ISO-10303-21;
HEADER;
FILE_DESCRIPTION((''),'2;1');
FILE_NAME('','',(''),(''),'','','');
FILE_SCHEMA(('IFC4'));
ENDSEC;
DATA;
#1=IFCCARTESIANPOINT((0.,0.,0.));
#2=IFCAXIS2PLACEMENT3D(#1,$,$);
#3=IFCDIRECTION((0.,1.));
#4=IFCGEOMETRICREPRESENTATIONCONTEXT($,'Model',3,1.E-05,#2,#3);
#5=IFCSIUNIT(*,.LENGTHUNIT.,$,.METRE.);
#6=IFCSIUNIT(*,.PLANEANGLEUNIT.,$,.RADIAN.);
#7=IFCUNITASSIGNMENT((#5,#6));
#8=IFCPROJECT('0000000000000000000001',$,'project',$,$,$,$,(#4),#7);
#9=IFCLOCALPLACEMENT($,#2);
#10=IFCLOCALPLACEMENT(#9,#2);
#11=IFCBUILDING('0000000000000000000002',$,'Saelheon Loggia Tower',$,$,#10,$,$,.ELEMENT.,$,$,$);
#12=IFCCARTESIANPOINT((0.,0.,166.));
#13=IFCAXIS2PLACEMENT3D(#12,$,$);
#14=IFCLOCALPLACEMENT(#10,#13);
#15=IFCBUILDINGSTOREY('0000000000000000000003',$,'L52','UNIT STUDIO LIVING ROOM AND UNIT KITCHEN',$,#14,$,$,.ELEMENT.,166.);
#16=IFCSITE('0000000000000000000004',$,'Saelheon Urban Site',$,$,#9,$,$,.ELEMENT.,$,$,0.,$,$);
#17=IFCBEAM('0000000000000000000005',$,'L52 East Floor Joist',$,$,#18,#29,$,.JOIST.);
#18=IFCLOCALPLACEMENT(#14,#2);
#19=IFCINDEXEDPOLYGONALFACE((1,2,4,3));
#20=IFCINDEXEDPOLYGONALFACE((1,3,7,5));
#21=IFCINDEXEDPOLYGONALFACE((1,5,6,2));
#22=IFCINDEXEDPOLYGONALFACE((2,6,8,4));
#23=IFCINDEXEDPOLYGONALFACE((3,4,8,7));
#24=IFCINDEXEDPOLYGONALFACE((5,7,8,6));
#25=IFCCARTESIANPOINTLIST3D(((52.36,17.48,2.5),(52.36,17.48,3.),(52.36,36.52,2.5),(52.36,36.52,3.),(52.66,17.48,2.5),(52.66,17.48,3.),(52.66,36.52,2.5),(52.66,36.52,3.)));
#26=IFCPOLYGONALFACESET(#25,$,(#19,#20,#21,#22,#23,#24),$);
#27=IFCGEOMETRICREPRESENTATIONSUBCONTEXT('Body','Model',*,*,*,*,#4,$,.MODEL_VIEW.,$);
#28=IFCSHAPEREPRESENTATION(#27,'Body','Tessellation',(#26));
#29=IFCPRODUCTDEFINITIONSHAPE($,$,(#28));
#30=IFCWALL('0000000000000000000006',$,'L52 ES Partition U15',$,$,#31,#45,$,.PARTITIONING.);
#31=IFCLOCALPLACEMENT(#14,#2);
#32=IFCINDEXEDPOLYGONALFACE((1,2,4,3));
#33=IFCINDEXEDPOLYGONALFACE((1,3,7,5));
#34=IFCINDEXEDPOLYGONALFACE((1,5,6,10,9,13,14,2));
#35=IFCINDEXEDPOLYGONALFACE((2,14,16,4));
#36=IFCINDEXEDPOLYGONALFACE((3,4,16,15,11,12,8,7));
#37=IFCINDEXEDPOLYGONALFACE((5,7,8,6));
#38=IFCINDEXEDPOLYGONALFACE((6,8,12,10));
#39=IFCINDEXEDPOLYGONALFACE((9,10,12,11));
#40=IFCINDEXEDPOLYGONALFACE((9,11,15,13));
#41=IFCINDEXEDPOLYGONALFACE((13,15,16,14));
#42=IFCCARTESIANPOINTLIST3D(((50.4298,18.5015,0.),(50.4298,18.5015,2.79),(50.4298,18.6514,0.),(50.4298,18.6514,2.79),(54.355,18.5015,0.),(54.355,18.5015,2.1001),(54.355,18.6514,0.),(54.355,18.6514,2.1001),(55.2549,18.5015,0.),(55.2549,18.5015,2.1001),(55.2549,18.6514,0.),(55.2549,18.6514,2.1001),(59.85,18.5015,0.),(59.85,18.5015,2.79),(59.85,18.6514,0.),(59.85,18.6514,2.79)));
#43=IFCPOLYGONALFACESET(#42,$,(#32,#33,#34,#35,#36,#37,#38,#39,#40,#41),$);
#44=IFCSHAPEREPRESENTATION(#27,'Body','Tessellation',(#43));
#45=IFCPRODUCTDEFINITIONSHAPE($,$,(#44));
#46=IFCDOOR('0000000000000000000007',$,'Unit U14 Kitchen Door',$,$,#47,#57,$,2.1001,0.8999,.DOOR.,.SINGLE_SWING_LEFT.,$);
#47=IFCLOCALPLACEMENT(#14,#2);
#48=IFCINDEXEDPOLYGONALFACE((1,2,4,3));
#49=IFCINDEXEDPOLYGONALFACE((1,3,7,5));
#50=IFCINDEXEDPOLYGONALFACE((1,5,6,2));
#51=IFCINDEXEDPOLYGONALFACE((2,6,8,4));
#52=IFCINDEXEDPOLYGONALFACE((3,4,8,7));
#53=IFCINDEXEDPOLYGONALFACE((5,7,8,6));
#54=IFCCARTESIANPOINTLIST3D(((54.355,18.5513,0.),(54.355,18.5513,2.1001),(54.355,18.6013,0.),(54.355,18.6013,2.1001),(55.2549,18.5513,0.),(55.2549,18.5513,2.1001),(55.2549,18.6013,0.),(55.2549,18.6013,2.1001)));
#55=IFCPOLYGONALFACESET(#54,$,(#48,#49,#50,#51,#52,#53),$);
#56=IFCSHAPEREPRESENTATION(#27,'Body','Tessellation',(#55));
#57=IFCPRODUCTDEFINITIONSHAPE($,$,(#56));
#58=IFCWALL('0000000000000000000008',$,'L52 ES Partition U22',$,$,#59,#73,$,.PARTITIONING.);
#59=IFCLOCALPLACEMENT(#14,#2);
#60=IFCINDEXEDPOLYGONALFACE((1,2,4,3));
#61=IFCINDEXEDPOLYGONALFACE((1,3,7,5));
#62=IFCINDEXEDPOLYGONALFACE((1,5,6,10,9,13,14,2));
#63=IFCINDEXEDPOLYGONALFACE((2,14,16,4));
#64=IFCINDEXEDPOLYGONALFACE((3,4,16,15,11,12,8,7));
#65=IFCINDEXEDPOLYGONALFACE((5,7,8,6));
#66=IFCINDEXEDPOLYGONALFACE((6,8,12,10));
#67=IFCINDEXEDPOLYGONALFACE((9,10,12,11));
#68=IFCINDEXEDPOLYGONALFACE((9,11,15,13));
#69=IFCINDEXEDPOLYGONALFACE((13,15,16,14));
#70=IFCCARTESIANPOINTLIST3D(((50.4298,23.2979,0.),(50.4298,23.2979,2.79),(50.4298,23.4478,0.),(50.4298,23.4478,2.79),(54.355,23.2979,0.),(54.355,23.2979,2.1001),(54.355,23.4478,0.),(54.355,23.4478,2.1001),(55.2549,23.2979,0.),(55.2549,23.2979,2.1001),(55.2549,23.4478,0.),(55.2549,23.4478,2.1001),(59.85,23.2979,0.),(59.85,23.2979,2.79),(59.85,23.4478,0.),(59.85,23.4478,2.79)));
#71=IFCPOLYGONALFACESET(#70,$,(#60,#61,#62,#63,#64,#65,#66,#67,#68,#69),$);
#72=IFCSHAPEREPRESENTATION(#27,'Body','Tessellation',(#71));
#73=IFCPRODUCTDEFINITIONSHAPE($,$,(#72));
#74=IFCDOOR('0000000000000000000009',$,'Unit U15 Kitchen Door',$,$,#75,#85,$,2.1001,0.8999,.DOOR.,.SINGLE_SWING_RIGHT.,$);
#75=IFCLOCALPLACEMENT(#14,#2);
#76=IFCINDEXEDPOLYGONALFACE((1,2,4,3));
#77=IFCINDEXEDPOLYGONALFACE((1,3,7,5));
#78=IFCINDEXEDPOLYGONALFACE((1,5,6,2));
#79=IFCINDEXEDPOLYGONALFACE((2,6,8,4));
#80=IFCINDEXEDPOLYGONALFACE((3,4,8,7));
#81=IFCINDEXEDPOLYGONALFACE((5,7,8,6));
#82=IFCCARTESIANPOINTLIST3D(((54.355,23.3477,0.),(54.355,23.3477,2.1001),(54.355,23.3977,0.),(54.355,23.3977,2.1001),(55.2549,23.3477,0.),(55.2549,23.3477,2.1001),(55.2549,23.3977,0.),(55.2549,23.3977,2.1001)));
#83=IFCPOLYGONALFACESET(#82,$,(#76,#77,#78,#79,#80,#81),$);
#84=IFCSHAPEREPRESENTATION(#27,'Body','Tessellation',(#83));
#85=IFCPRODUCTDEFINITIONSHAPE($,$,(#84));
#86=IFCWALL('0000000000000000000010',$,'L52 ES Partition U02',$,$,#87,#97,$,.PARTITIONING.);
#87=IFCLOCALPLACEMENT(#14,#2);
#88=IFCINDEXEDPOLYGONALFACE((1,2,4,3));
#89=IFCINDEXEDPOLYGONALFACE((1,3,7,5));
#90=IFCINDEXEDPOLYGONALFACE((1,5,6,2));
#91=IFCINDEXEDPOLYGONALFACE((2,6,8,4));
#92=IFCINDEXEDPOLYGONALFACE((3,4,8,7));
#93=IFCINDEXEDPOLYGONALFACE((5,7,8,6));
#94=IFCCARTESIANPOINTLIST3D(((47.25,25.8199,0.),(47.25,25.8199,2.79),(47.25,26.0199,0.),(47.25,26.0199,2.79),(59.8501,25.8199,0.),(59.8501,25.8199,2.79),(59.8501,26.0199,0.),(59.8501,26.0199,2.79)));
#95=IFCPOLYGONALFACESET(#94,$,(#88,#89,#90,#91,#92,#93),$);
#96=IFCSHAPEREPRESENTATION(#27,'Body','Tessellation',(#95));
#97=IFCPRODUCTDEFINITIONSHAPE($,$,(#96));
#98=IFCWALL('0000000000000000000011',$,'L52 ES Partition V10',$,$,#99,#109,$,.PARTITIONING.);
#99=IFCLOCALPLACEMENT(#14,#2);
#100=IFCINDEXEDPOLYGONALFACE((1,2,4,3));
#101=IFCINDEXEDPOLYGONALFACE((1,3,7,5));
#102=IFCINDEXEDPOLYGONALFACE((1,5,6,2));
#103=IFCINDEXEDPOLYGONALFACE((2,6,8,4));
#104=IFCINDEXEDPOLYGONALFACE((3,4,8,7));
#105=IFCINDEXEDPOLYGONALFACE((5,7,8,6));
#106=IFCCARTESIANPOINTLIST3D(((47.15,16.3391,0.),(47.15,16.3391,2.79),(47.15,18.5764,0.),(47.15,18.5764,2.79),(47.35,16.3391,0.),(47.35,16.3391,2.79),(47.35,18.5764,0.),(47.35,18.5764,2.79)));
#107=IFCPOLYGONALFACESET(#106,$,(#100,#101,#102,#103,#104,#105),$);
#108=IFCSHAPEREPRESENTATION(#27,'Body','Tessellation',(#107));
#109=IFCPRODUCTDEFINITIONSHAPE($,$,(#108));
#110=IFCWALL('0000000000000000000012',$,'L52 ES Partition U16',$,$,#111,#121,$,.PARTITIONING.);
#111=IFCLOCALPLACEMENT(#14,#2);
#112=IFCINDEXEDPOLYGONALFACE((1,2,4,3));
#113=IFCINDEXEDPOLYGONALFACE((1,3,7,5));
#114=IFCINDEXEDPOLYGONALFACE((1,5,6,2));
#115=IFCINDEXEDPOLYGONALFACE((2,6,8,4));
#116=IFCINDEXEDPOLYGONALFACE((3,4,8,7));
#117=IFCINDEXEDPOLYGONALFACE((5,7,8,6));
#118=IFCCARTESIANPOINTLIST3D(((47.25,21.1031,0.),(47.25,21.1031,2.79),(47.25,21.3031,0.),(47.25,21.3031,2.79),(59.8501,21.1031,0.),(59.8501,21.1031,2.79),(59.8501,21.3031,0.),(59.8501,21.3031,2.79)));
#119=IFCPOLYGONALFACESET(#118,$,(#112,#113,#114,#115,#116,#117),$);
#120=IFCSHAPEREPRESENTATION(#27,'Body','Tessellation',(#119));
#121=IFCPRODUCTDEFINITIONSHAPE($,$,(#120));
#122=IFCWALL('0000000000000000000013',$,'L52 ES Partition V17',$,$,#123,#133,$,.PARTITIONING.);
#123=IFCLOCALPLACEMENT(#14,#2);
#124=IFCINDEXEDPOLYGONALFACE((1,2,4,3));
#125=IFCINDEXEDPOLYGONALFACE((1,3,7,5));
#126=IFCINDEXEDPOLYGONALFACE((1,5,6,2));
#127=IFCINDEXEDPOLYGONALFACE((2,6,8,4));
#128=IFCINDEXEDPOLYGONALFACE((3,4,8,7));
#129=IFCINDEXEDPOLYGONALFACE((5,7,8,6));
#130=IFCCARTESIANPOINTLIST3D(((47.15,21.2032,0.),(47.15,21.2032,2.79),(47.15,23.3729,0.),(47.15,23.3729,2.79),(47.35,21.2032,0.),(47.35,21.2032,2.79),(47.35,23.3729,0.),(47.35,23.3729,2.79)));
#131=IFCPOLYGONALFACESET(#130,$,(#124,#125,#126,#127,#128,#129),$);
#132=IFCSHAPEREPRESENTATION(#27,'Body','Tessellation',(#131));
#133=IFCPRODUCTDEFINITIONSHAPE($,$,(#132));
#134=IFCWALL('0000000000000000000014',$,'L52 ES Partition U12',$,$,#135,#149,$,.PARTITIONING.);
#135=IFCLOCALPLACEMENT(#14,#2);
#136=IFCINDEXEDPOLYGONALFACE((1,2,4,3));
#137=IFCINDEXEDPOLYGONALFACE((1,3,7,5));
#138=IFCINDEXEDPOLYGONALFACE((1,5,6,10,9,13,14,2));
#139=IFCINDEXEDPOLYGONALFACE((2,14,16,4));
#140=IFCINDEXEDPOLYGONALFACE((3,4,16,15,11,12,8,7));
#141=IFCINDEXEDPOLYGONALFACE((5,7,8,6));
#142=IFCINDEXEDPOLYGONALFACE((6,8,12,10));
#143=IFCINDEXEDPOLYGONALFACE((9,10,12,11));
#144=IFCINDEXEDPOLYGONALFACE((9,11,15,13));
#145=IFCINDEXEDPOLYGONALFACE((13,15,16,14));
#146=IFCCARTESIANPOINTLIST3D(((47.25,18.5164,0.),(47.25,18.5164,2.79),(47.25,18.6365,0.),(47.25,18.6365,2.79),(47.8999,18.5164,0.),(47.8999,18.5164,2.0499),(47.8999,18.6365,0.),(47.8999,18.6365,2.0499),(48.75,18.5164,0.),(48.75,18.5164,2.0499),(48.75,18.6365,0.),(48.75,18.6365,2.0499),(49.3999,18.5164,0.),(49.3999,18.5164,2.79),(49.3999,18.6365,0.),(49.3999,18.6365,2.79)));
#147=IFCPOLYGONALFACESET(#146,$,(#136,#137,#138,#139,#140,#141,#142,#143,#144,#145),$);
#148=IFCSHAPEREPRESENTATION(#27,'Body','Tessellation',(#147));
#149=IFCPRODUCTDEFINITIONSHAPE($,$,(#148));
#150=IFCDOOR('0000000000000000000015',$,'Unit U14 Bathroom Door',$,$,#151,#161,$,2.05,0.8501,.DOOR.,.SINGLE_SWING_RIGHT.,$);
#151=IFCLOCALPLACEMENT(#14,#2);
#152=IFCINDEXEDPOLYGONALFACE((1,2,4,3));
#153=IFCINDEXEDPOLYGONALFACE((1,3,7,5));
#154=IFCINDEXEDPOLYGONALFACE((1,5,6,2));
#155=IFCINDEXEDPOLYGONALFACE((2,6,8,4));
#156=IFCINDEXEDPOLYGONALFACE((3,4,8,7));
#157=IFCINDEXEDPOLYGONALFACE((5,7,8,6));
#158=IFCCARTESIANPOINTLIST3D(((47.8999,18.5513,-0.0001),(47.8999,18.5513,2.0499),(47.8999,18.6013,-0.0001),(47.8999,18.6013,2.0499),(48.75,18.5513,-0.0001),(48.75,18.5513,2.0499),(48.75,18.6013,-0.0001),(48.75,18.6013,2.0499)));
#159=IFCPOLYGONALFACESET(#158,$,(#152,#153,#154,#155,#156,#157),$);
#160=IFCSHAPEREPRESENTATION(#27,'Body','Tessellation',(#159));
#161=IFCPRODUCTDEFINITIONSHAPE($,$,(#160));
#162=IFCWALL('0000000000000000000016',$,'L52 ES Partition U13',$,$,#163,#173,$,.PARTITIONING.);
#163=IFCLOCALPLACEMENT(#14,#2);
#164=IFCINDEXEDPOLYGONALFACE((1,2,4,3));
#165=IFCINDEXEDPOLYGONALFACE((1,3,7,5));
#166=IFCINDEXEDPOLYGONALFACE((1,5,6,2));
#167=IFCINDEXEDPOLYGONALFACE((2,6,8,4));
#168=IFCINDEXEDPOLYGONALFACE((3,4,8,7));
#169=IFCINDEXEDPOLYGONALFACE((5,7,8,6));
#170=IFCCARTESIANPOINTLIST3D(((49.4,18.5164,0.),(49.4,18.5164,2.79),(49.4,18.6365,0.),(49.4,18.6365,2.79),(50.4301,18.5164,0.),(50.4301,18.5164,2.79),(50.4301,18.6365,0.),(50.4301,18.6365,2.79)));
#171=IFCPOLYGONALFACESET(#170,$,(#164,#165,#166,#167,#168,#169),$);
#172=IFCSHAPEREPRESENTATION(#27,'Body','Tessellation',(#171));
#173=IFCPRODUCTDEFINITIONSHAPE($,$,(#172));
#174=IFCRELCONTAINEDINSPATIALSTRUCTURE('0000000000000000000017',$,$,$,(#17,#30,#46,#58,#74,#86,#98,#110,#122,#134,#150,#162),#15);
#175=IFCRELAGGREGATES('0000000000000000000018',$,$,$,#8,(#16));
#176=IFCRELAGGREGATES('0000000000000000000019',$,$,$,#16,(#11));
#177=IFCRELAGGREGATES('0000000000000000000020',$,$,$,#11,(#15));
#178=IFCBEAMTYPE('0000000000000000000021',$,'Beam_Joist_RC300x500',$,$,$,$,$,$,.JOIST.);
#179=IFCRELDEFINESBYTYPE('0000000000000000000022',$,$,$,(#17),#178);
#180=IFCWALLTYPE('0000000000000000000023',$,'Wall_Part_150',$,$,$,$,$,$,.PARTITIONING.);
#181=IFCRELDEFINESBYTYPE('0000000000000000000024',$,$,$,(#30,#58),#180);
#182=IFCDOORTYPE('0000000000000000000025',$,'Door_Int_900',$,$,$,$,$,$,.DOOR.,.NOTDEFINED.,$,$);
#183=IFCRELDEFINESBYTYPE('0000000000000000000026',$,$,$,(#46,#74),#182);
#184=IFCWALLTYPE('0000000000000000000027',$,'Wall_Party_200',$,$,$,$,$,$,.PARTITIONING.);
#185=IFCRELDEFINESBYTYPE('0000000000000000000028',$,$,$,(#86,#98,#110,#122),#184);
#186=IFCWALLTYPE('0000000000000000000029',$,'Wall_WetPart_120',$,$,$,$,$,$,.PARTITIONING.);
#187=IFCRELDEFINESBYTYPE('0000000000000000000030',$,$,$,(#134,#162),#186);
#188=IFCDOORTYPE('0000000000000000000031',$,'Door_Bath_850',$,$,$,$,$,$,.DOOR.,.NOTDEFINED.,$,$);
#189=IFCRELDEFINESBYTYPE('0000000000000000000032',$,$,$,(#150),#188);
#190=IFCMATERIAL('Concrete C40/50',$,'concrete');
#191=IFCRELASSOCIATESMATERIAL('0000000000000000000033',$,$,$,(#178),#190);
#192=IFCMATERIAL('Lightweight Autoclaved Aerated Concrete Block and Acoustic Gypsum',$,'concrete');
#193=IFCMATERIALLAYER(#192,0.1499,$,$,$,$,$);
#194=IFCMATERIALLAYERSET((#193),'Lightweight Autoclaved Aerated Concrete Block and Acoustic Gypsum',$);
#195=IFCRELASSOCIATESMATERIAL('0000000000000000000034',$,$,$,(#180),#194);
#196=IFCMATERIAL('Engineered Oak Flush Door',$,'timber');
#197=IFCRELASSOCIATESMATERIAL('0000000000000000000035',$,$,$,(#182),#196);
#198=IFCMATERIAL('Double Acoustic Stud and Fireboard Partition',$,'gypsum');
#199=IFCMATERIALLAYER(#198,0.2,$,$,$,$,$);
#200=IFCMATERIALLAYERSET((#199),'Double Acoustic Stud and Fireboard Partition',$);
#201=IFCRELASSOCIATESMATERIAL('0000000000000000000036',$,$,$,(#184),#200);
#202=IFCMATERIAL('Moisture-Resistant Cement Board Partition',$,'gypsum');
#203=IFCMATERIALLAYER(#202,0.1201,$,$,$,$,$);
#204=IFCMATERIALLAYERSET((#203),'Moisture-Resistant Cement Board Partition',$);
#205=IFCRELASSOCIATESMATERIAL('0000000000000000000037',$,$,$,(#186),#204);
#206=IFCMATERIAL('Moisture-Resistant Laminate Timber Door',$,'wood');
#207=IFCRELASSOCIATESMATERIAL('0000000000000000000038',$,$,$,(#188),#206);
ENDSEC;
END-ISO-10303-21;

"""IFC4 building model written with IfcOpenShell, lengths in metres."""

from ifc_helpers import new_model, si_unit, direction, frame, frame_2d, origin, origin_2d, place, context, subcontext, project, spatial, rectangle, extrude, source, transform, mapped, material, layer, layer_set, material_profile, profile_set, type_object, element, fill, save


model = new_model("IFC4")

# Units and contexts
model_context = context("Model", 3, precision=1e-05, world=origin(), true_north=direction((0.0, 1.0)))
body_context = subcontext(model_context, "Body", "Model", "MODEL_VIEW")
ifc_project = project(units=[si_unit("LENGTHUNIT", "METRE"), si_unit("PLANEANGLEUNIT", "RADIAN")], contexts=[model_context])

# Site, building, storey
site_placement = place(None, origin())
site = spatial("IfcSite", under=ifc_project, at=site_placement, Name="Saelheon Urban Site", CompositionType="ELEMENT", RefElevation=0.0)
building_placement = place(site_placement, origin())
building = spatial("IfcBuilding", under=site, at=building_placement, Name="Saelheon Loggia Tower", CompositionType="ELEMENT")
storey_placement = place(building_placement, frame((0.0, 0.0, 166.0)))
storey = spatial("IfcBuildingStorey", under=building, at=storey_placement, Name="L52", Description="UNIT STUDIO LIVING ROOM AND UNIT KITCHEN", CompositionType="ELEMENT", Elevation=166.0)

# Beam
ifc_material_1 = material(Name="Concrete C40/50", Category="concrete")
ifc_material_profile = material_profile(ifc_material_1, rectangle(XDim=0.3, YDim=0.5, at=origin_2d()), Name="RC-300x500")
ifc_profile_set = profile_set([ifc_material_profile], Name="Concrete C40/50")
beam_type = type_object("IfcBeamType", Name="Beam_Joist_RC300x500", PredefinedType="JOIST", material=ifc_profile_set)
shared_shape_1 = source(origin(), body_context, "Body", "SweptSolid", [
    extrude(rectangle(XDim=0.3, YDim=0.5, at=origin_2d()), origin(), (0.0, 0.0, 1.0), 19.04),
])
beam_placement = place(storey_placement, frame((52.51, 17.48, 2.75), z_axis=(0.0, 1.0, 0.0), x_axis=(-1.0, 0.0, 0.0)))
element("IfcBeam", 1, at=beam_placement, inside=storey, type_object=beam_type, Name="L52 East Floor Joist", PredefinedType="JOIST", context=body_context, shape_type="MappedRepresentation", body=[
    mapped(shared_shape_1, transform((0.0, 0.0, 0.0), scale=1.0)),
])

# Walls, openings, doors
ifc_material_2 = material(Name="Lightweight Autoclaved Aerated Concrete Block and Acoustic Gypsum", Category="concrete")
ifc_layer_1 = layer(ifc_material_2, 0.1499)
ifc_layer_set_1 = layer_set([ifc_layer_1], Name="Lightweight Autoclaved Aerated Concrete Block and Acoustic Gypsum")
wall_type_1 = type_object("IfcWallType", Name="Wall_Part_150", PredefinedType="PARTITIONING", material=ifc_layer_set_1)
wall_1_placement = place(storey_placement, frame((50.4299, 18.5764, 0.0), z_axis=(0.0, 0.0, 1.0), x_axis=(1.0, 0.0, 0.0)))
wall_1 = element("IfcWall", 2, at=wall_1_placement, inside=storey, type_object=wall_type_1, Name="L52 ES Partition U15", PredefinedType="PARTITIONING", context=body_context, shape_type="SweptSolid", body=[
    extrude(rectangle(XDim=9.4202, YDim=0.1499, at=frame_2d((4.71, 0.0))), origin(), (0.0, 0.0, 1.0), 2.79),
])
opening_1_placement = place(wall_1_placement, frame((3.925, 0.0, 0.0)))
opening_1 = element("IfcOpeningElement", 3, at=opening_1_placement, cuts=wall_1, PredefinedType="OPENING", context=body_context, shape_type="SweptSolid", body=[
    extrude(rectangle(XDim=0.8999, YDim=2.1001, at=frame_2d((0.45, 1.05))), frame((0.0, 0.0869, 0.0), z_axis=(0.0, -1.0, 0.0), x_axis=(1.0, 0.0, 0.0)), (0.0, 0.0, 1.0), 0.1738),
])
ifc_material_3 = material(Name="Engineered Oak Flush Door", Category="timber")
door_type_1 = type_object("IfcDoorType", Name="Door_Int_900", OperationType="NOTDEFINED", PredefinedType="DOOR", material=ifc_material_3)
shared_shape_2 = source(origin(), body_context, "Body", "SweptSolid", [
    extrude(rectangle(XDim=0.8999, YDim=2.1001, at=frame_2d((0.45, 1.05))), frame((0.0, 0.0249, 0.0), z_axis=(0.0, -1.0, 0.0), x_axis=(1.0, 0.0, 0.0)), (0.0, 0.0, 1.0), 0.05),
])
door_1_placement = place(opening_1_placement, origin())
door_1 = element("IfcDoor", 4, at=door_1_placement, inside=storey, type_object=door_type_1, Name="Unit U14 Kitchen Door", OperationType="SINGLE_SWING_LEFT", OverallHeight=2.1001, OverallWidth=0.8999, PredefinedType="DOOR", context=body_context, shape_type="MappedRepresentation", body=[
    mapped(shared_shape_2, transform((0.0, 0.0, 0.0), scale=1.0)),
])
fill(opening_1, door_1)
wall_2_placement = place(storey_placement, frame((50.4299, 23.3728, 0.0), z_axis=(0.0, 0.0, 1.0), x_axis=(1.0, 0.0, 0.0)))
wall_2 = element("IfcWall", 5, at=wall_2_placement, inside=storey, type_object=wall_type_1, Name="L52 ES Partition U22", PredefinedType="PARTITIONING", context=body_context, shape_type="SweptSolid", body=[
    extrude(rectangle(XDim=9.4202, YDim=0.1499, at=frame_2d((4.71, 0.0))), origin(), (0.0, 0.0, 1.0), 2.79),
])
opening_2_placement = place(wall_2_placement, frame((3.925, 0.0, 0.0)))
opening_2 = element("IfcOpeningElement", 6, at=opening_2_placement, cuts=wall_2, PredefinedType="OPENING", context=body_context, shape_type="SweptSolid", body=[
    extrude(rectangle(XDim=0.8999, YDim=2.1001, at=frame_2d((0.45, 1.05))), frame((0.0, 0.0869, 0.0), z_axis=(0.0, -1.0, 0.0), x_axis=(1.0, 0.0, 0.0)), (0.0, 0.0, 1.0), 0.1738),
])
door_2_placement = place(opening_2_placement, origin())
door_2 = element("IfcDoor", 7, at=door_2_placement, inside=storey, type_object=door_type_1, Name="Unit U15 Kitchen Door", OperationType="SINGLE_SWING_RIGHT", OverallHeight=2.1001, OverallWidth=0.8999, PredefinedType="DOOR", context=body_context, shape_type="MappedRepresentation", body=[
    mapped(shared_shape_2, transform((0.0, 0.0, 0.0), scale=1.0)),
])
fill(opening_2, door_2)

# Walls
ifc_material_4 = material(Name="Double Acoustic Stud and Fireboard Partition", Category="gypsum")
ifc_layer_2 = layer(ifc_material_4, 0.2)
ifc_layer_set_2 = layer_set([ifc_layer_2], Name="Double Acoustic Stud and Fireboard Partition")
wall_type_2 = type_object("IfcWallType", Name="Wall_Party_200", PredefinedType="PARTITIONING", material=ifc_layer_set_2)
wall_3_placement = place(storey_placement, frame((47.25, 25.9199, 0.0), z_axis=(0.0, 0.0, 1.0), x_axis=(1.0, 0.0, 0.0)))
element("IfcWall", 8, at=wall_3_placement, inside=storey, type_object=wall_type_2, Name="L52 ES Partition U02", PredefinedType="PARTITIONING", context=body_context, shape_type="SweptSolid", body=[
    extrude(rectangle(XDim=12.6001, YDim=0.2, at=frame_2d((6.3, 0.0))), origin(), (0.0, 0.0, 1.0), 2.79),
])
wall_4_placement = place(storey_placement, frame((47.25, 16.3391, 0.0), z_axis=(0.0, 0.0, 1.0), x_axis=(0.0, 1.0, 0.0)))
element("IfcWall", 9, at=wall_4_placement, inside=storey, type_object=wall_type_2, Name="L52 ES Partition V10", PredefinedType="PARTITIONING", context=body_context, shape_type="SweptSolid", body=[
    extrude(rectangle(XDim=2.2373, YDim=0.2, at=frame_2d((1.1187, 0.0))), origin(), (0.0, 0.0, 1.0), 2.79),
])

# Walls
wall_5_placement = place(storey_placement, frame((47.25, 21.2031, 0.0), z_axis=(0.0, 0.0, 1.0), x_axis=(1.0, 0.0, 0.0)))
element("IfcWall", 10, at=wall_5_placement, inside=storey, type_object=wall_type_2, Name="L52 ES Partition U16", PredefinedType="PARTITIONING", context=body_context, shape_type="SweptSolid", body=[
    extrude(rectangle(XDim=12.6001, YDim=0.2, at=frame_2d((6.3, 0.0))), origin(), (0.0, 0.0, 1.0), 2.79),
])
wall_6_placement = place(storey_placement, frame((47.25, 21.2031, 0.0), z_axis=(0.0, 0.0, 1.0), x_axis=(0.0, 1.0, 0.0)))
element("IfcWall", 11, at=wall_6_placement, inside=storey, type_object=wall_type_2, Name="L52 ES Partition V17", PredefinedType="PARTITIONING", context=body_context, shape_type="SweptSolid", body=[
    extrude(rectangle(XDim=2.1697, YDim=0.2, at=frame_2d((1.085, 0.0))), origin(), (0.0, 0.0, 1.0), 2.79),
])

# Wall, opening, door
ifc_material_5 = material(Name="Moisture-Resistant Cement Board Partition", Category="gypsum")
ifc_layer_3 = layer(ifc_material_5, 0.1201)
ifc_layer_set_3 = layer_set([ifc_layer_3], Name="Moisture-Resistant Cement Board Partition")
wall_type_3 = type_object("IfcWallType", Name="Wall_WetPart_120", PredefinedType="PARTITIONING", material=ifc_layer_set_3)
wall_7_placement = place(storey_placement, frame((47.25, 18.5764, 0.0), z_axis=(0.0, 0.0, 1.0), x_axis=(1.0, 0.0, 0.0)))
wall_7 = element("IfcWall", 12, at=wall_7_placement, inside=storey, type_object=wall_type_3, Name="L52 ES Partition U12", PredefinedType="PARTITIONING", context=body_context, shape_type="SweptSolid", body=[
    extrude(rectangle(XDim=2.1499, YDim=0.1201, at=frame_2d((1.075, 0.0))), origin(), (0.0, 0.0, 1.0), 2.79),
])
opening_3_placement = place(wall_7_placement, frame((0.6499, 0.0, 0.0)))
opening_3 = element("IfcOpeningElement", 13, at=opening_3_placement, cuts=wall_7, PredefinedType="OPENING", context=body_context, shape_type="SweptSolid", body=[
    extrude(rectangle(XDim=0.8501, YDim=2.05, at=frame_2d((0.425, 1.0249))), frame((0.0, 0.072, 0.0), z_axis=(0.0, -1.0, 0.0), x_axis=(1.0, 0.0, 0.0)), (0.0, 0.0, 1.0), 0.144),
])
ifc_material_6 = material(Name="Moisture-Resistant Laminate Timber Door", Category="wood")
door_type_2 = type_object("IfcDoorType", Name="Door_Bath_850", OperationType="NOTDEFINED", PredefinedType="DOOR", material=ifc_material_6)
shared_shape_3 = source(origin(), body_context, "Body", "SweptSolid", [
    extrude(rectangle(XDim=0.8501, YDim=2.05, at=frame_2d((0.425, 1.0249))), frame((0.0, 0.0249, 0.0), z_axis=(0.0, -1.0, 0.0), x_axis=(1.0, 0.0, 0.0)), (0.0, 0.0, 1.0), 0.05),
])
door_3_placement = place(opening_3_placement, origin())
door_3 = element("IfcDoor", 14, at=door_3_placement, inside=storey, type_object=door_type_2, Name="Unit U14 Bathroom Door", OperationType="SINGLE_SWING_RIGHT", OverallHeight=2.05, OverallWidth=0.8501, PredefinedType="DOOR", context=body_context, shape_type="MappedRepresentation", body=[
    mapped(shared_shape_3, transform((0.0, 0.0, 0.0), scale=1.0)),
])
fill(opening_3, door_3)

# Wall
wall_8_placement = place(storey_placement, frame((49.3999, 18.5764, 0.0), z_axis=(0.0, 0.0, 1.0), x_axis=(1.0, 0.0, 0.0)))
element("IfcWall", 15, at=wall_8_placement, inside=storey, type_object=wall_type_3, Name="L52 ES Partition U13", PredefinedType="PARTITIONING", context=body_context, shape_type="SweptSolid", body=[
    extrude(rectangle(XDim=1.03, YDim=0.1201, at=frame_2d((0.5151, 0.0))), origin(), (0.0, 0.0, 1.0), 2.79),
])

save(model, "model.ifc")
